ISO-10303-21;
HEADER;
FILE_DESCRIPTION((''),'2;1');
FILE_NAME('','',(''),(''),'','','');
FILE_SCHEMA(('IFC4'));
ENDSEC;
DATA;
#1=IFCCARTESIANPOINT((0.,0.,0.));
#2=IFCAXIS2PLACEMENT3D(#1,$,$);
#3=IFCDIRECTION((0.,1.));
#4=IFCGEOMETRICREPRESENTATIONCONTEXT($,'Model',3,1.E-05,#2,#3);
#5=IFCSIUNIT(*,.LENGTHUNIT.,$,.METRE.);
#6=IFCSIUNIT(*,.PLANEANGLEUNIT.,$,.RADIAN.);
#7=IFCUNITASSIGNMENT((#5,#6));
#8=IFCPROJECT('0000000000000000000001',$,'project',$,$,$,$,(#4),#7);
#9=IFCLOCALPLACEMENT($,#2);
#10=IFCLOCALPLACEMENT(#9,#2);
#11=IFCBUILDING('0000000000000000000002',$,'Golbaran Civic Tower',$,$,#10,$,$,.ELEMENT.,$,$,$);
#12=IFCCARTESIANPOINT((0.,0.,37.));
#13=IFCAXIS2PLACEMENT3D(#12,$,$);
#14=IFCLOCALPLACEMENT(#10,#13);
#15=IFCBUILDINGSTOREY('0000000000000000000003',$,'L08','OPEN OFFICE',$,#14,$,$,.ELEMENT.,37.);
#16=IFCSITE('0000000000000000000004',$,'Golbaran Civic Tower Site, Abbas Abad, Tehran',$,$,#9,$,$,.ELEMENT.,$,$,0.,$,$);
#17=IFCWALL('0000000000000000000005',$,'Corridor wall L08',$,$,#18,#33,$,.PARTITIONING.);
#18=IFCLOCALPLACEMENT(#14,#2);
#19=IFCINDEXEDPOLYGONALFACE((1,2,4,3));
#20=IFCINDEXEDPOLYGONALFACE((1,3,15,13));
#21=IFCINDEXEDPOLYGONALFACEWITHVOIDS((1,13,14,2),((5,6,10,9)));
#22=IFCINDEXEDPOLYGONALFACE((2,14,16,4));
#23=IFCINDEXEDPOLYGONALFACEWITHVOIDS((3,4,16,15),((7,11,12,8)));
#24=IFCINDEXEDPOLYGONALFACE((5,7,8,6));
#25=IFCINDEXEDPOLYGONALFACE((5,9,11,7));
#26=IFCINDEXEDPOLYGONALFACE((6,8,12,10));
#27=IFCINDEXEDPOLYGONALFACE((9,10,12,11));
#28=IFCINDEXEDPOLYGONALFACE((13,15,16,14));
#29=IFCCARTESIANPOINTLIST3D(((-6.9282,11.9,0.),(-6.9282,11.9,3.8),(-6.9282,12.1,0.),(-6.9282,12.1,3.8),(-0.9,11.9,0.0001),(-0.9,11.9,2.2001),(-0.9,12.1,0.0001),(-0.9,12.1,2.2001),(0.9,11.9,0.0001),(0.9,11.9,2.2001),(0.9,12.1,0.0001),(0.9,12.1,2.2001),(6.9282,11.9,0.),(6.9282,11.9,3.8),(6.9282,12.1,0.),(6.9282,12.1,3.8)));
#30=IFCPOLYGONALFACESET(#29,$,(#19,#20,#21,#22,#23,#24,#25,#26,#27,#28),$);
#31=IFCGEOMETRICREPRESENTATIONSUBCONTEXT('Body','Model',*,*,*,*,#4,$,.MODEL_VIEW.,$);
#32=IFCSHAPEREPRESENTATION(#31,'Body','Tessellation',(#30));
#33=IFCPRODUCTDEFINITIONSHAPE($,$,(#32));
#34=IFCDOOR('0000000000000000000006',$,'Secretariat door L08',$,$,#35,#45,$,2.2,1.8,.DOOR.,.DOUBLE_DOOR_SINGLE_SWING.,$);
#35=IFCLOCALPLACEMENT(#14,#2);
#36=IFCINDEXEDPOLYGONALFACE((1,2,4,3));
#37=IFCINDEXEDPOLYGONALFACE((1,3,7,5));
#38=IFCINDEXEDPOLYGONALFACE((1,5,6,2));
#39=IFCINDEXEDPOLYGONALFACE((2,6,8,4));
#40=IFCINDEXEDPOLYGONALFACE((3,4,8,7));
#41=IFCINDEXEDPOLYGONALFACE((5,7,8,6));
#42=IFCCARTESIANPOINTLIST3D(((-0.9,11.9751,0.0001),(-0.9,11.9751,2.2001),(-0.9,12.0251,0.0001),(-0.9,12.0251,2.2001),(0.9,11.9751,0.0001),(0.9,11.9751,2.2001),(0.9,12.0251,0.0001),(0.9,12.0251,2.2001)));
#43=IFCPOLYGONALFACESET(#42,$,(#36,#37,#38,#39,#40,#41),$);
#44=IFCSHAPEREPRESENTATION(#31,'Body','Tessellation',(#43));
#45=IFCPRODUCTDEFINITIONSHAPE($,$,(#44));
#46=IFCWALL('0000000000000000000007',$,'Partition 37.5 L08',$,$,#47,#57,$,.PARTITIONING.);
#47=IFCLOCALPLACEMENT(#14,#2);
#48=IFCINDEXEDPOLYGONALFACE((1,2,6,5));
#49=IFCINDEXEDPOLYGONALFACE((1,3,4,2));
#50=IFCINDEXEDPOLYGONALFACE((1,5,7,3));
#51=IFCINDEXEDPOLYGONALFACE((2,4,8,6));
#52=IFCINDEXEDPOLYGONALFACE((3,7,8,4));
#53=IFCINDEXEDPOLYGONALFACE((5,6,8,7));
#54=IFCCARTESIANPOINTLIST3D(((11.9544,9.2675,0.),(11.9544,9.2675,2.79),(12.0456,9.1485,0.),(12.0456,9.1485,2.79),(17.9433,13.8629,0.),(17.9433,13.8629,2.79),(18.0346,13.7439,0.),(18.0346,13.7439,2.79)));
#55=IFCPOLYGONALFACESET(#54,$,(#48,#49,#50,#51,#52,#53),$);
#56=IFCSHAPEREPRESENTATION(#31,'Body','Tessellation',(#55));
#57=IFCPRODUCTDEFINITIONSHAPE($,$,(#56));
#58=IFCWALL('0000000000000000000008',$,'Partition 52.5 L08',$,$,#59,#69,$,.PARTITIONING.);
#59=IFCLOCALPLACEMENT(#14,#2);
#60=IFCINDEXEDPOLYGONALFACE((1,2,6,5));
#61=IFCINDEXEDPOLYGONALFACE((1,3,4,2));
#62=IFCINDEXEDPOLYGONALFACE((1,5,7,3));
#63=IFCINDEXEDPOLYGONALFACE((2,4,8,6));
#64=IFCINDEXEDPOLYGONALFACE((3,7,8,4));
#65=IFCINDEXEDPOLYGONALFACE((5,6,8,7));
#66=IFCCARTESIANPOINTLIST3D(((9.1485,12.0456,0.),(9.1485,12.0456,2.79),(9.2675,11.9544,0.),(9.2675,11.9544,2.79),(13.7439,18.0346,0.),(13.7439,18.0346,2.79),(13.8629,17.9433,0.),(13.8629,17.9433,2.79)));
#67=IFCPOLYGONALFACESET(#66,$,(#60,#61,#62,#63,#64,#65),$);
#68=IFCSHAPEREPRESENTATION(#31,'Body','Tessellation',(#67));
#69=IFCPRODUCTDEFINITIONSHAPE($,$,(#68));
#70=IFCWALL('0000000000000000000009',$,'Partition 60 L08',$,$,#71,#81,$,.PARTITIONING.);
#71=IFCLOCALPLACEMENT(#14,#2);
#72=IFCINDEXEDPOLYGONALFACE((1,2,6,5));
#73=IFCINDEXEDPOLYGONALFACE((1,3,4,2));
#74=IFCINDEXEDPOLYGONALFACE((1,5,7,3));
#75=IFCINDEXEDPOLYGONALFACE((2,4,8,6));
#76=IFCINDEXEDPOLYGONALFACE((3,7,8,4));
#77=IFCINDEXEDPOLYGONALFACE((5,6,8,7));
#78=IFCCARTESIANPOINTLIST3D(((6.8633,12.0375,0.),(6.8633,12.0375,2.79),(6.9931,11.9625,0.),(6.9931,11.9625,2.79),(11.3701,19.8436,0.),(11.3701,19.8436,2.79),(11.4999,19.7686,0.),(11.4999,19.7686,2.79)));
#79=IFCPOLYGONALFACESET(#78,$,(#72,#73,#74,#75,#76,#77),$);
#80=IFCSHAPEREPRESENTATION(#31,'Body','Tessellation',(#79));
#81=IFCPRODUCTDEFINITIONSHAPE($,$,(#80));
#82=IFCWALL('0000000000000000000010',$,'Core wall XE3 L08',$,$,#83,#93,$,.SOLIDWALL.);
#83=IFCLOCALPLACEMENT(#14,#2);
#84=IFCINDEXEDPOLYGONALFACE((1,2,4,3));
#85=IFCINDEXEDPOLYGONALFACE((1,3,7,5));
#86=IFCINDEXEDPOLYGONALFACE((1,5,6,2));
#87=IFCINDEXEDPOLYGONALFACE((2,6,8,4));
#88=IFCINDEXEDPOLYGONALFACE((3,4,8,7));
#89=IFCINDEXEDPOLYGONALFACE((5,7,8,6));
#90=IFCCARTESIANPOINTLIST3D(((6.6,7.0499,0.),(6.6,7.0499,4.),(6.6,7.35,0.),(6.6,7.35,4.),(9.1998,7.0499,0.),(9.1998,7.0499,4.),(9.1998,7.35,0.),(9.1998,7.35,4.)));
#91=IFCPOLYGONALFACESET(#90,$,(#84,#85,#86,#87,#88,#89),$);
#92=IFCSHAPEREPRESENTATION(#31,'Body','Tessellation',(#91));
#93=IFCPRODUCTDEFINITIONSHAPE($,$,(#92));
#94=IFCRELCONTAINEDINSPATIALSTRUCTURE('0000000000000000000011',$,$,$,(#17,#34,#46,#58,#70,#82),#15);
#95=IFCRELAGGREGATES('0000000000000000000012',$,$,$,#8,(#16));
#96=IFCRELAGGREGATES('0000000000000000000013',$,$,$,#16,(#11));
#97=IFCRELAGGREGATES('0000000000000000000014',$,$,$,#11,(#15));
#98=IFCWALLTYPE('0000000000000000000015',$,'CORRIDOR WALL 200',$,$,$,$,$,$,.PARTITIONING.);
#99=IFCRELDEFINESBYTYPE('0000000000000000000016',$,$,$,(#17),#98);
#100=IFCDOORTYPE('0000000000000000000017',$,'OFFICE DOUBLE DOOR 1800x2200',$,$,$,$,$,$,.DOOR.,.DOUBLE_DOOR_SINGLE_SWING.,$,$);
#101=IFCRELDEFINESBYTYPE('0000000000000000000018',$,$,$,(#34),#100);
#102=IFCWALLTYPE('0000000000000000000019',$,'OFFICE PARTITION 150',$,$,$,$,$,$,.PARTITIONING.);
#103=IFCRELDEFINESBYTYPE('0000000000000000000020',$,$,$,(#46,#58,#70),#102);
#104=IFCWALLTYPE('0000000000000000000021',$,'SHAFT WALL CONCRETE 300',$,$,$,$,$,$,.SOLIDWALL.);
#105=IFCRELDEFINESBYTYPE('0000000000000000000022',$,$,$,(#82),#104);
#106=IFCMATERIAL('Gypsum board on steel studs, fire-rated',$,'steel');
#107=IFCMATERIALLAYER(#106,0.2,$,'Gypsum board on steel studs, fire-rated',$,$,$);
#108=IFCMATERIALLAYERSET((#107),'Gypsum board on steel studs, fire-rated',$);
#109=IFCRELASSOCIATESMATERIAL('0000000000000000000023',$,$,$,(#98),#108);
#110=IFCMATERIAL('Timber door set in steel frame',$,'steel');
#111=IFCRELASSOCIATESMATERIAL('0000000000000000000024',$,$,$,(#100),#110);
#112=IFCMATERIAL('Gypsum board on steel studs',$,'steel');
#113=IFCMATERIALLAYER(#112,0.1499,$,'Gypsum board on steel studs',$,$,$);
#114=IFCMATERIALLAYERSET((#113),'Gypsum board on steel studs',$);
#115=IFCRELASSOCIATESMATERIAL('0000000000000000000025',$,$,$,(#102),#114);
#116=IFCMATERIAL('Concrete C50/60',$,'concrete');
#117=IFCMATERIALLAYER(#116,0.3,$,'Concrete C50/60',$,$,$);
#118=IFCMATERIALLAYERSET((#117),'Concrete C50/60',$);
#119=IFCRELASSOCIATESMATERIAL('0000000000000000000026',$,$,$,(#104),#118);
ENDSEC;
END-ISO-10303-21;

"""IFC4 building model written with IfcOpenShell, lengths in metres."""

from ifc_helpers import new_model, si_unit, direction, frame, frame_2d, origin, place, context, subcontext, project, spatial, rectangle, extrude, material, layer, layer_set, type_object, element, fill, save


model = new_model("IFC4")

# Units and contexts
model_context = context("Model", 3, precision=1e-05, world=origin(), true_north=direction((0.0, 1.0)))
body_context = subcontext(model_context, "Body", "Model", "MODEL_VIEW")
ifc_project = project(units=[si_unit("LENGTHUNIT", "METRE"), si_unit("PLANEANGLEUNIT", "RADIAN")], contexts=[model_context])

# Site, building, storey
site_placement = place(None, origin())
site = spatial("IfcSite", under=ifc_project, at=site_placement, Name="Golbaran Civic Tower Site, Abbas Abad, Tehran", CompositionType="ELEMENT", RefElevation=0.0)
building_placement = place(site_placement, origin())
building = spatial("IfcBuilding", under=site, at=building_placement, Name="Golbaran Civic Tower", CompositionType="ELEMENT")
storey_placement = place(building_placement, frame((0.0, 0.0, 37.0)))
storey = spatial("IfcBuildingStorey", under=building, at=storey_placement, Name="L08", Description="OPEN OFFICE", CompositionType="ELEMENT", Elevation=37.0)

# Shared definitions
ifc_material_1 = material(Name="Timber door set in steel frame", Category="steel")
ifc_material_2 = material(Name="Concrete C50/60", Category="concrete")
ifc_material_3 = material(Name="Gypsum board on steel studs, fire-rated", Category="steel")
ifc_layer_1 = layer(ifc_material_3, 0.2, Name="Gypsum board on steel studs, fire-rated")
ifc_layer_set_1 = layer_set([ifc_layer_1], Name="Gypsum board on steel studs, fire-rated")
wall_type_1 = type_object("IfcWallType", Name="CORRIDOR WALL 200", PredefinedType="PARTITIONING", material=ifc_layer_set_1)

# Wall, opening, door
wall_1_placement = place(storey_placement, frame((6.9282, 12.0, 0.0), z_axis=(0.0, 0.0, 1.0), x_axis=(-1.0, 0.0, 0.0)))
wall_1 = element("IfcWall", 1, at=wall_1_placement, inside=storey, type_object=wall_type_1, Name="Corridor wall L08", PredefinedType="PARTITIONING", context=body_context, shape_type="SweptSolid", body=[
    extrude(rectangle(XDim=13.8564, YDim=0.2, at=frame_2d((6.9282, 0.0))), origin(), (0.0, 0.0, 1.0), 3.8),
])
opening_1_placement = place(wall_1_placement, frame((6.0283, 0.0, 0.0)))
opening_1 = element("IfcOpeningElement", 2, at=opening_1_placement, cuts=wall_1, PredefinedType="OPENING", context=body_context, shape_type="SweptSolid", body=[
    extrude(rectangle(XDim=1.8, YDim=2.2, at=frame_2d((0.8999, 1.1001))), frame((0.0, 0.1099, 0.0), z_axis=(0.0, -1.0, 0.0), x_axis=(1.0, 0.0, 0.0)), (0.0, 0.0, 1.0), 0.22),
])
door_type_1 = type_object("IfcDoorType", Name="OFFICE DOUBLE DOOR 1800x2200", OperationType="DOUBLE_DOOR_SINGLE_SWING", PredefinedType="DOOR", material=ifc_material_1)
door_1_placement = place(opening_1_placement, origin())
door_1 = element("IfcDoor", 3, at=door_1_placement, inside=storey, type_object=door_type_1, Name="Secretariat door L08", OperationType="DOUBLE_DOOR_SINGLE_SWING", OverallHeight=2.2, OverallWidth=1.8, PredefinedType="DOOR", context=body_context, shape_type="SweptSolid", body=[
    extrude(rectangle(XDim=1.8, YDim=2.2, at=frame_2d((0.8999, 1.1001))), frame((0.0, 0.0249, 0.0), z_axis=(0.0, -1.0, 0.0), x_axis=(1.0, 0.0, 0.0)), (0.0, 0.0, 1.0), 0.05),
])
fill(opening_1, door_1)

# Walls
ifc_material_4 = material(Name="Gypsum board on steel studs", Category="steel")
ifc_layer_2 = layer(ifc_material_4, 0.1499, Name="Gypsum board on steel studs")
ifc_layer_set_2 = layer_set([ifc_layer_2], Name="Gypsum board on steel studs")
wall_type_2 = type_object("IfcWallType", Name="OFFICE PARTITION 150", PredefinedType="PARTITIONING", material=ifc_layer_set_2)
for number, where, z_axis, x_axis, name in (
    (4, (12.0, 9.208, 0.0), (0.0, 0.0, 1.0), (0.793358, 0.608755, 0.0), "Partition 37.5 L08"),
    (5, (9.208, 12.0, 0.0), (0.0, 0.0, 1.0), (0.608755, 0.793358, 0.0), "Partition 52.5 L08"),
):
    element("IfcWall", number, at=place(storey_placement, frame(where, z_axis=z_axis, x_axis=x_axis)), inside=storey, type_object=wall_type_2, Name=name, PredefinedType="PARTITIONING", context=body_context, shape_type="SweptSolid", body=[
        extrude(rectangle(XDim=7.5488, YDim=0.1499, at=frame_2d((3.7744, 0.0))), origin(), (0.0, 0.0, 1.0), 2.79),
    ])
wall_2_placement = place(storey_placement, frame((6.9282, 12.0, 0.0), z_axis=(0.0, 0.0, 1.0), x_axis=(0.499996, 0.866028, 0.0)))
element("IfcWall", 6, at=wall_2_placement, inside=storey, type_object=wall_type_2, Name="Partition 60 L08", PredefinedType="PARTITIONING", context=body_context, shape_type="SweptSolid", body=[
    extrude(rectangle(XDim=9.0137, YDim=0.1499, at=frame_2d((4.5068, 0.0))), origin(), (0.0, 0.0, 1.0), 2.79),
])
ifc_layer_3 = layer(ifc_material_2, 0.3, Name="Concrete C50/60")
ifc_layer_set_3 = layer_set([ifc_layer_3], Name="Concrete C50/60")
wall_type_3 = type_object("IfcWallType", Name="SHAFT WALL CONCRETE 300", PredefinedType="SOLIDWALL", material=ifc_layer_set_3)
wall_3_placement = place(storey_placement, frame((6.6001, 7.2, 0.0), z_axis=(0.0, 0.0, 1.0), x_axis=(1.0, 0.0, 0.0)))
element("IfcWall", 7, at=wall_3_placement, inside=storey, type_object=wall_type_3, Name="Core wall XE3 L08", PredefinedType="SOLIDWALL", context=body_context, shape_type="SweptSolid", body=[
    extrude(rectangle(XDim=2.5999, YDim=0.3, at=frame_2d((1.2998, 0.0))), origin(), (0.0, 0.0, 1.0), 4.0),
])

save(model, "model.ifc")
